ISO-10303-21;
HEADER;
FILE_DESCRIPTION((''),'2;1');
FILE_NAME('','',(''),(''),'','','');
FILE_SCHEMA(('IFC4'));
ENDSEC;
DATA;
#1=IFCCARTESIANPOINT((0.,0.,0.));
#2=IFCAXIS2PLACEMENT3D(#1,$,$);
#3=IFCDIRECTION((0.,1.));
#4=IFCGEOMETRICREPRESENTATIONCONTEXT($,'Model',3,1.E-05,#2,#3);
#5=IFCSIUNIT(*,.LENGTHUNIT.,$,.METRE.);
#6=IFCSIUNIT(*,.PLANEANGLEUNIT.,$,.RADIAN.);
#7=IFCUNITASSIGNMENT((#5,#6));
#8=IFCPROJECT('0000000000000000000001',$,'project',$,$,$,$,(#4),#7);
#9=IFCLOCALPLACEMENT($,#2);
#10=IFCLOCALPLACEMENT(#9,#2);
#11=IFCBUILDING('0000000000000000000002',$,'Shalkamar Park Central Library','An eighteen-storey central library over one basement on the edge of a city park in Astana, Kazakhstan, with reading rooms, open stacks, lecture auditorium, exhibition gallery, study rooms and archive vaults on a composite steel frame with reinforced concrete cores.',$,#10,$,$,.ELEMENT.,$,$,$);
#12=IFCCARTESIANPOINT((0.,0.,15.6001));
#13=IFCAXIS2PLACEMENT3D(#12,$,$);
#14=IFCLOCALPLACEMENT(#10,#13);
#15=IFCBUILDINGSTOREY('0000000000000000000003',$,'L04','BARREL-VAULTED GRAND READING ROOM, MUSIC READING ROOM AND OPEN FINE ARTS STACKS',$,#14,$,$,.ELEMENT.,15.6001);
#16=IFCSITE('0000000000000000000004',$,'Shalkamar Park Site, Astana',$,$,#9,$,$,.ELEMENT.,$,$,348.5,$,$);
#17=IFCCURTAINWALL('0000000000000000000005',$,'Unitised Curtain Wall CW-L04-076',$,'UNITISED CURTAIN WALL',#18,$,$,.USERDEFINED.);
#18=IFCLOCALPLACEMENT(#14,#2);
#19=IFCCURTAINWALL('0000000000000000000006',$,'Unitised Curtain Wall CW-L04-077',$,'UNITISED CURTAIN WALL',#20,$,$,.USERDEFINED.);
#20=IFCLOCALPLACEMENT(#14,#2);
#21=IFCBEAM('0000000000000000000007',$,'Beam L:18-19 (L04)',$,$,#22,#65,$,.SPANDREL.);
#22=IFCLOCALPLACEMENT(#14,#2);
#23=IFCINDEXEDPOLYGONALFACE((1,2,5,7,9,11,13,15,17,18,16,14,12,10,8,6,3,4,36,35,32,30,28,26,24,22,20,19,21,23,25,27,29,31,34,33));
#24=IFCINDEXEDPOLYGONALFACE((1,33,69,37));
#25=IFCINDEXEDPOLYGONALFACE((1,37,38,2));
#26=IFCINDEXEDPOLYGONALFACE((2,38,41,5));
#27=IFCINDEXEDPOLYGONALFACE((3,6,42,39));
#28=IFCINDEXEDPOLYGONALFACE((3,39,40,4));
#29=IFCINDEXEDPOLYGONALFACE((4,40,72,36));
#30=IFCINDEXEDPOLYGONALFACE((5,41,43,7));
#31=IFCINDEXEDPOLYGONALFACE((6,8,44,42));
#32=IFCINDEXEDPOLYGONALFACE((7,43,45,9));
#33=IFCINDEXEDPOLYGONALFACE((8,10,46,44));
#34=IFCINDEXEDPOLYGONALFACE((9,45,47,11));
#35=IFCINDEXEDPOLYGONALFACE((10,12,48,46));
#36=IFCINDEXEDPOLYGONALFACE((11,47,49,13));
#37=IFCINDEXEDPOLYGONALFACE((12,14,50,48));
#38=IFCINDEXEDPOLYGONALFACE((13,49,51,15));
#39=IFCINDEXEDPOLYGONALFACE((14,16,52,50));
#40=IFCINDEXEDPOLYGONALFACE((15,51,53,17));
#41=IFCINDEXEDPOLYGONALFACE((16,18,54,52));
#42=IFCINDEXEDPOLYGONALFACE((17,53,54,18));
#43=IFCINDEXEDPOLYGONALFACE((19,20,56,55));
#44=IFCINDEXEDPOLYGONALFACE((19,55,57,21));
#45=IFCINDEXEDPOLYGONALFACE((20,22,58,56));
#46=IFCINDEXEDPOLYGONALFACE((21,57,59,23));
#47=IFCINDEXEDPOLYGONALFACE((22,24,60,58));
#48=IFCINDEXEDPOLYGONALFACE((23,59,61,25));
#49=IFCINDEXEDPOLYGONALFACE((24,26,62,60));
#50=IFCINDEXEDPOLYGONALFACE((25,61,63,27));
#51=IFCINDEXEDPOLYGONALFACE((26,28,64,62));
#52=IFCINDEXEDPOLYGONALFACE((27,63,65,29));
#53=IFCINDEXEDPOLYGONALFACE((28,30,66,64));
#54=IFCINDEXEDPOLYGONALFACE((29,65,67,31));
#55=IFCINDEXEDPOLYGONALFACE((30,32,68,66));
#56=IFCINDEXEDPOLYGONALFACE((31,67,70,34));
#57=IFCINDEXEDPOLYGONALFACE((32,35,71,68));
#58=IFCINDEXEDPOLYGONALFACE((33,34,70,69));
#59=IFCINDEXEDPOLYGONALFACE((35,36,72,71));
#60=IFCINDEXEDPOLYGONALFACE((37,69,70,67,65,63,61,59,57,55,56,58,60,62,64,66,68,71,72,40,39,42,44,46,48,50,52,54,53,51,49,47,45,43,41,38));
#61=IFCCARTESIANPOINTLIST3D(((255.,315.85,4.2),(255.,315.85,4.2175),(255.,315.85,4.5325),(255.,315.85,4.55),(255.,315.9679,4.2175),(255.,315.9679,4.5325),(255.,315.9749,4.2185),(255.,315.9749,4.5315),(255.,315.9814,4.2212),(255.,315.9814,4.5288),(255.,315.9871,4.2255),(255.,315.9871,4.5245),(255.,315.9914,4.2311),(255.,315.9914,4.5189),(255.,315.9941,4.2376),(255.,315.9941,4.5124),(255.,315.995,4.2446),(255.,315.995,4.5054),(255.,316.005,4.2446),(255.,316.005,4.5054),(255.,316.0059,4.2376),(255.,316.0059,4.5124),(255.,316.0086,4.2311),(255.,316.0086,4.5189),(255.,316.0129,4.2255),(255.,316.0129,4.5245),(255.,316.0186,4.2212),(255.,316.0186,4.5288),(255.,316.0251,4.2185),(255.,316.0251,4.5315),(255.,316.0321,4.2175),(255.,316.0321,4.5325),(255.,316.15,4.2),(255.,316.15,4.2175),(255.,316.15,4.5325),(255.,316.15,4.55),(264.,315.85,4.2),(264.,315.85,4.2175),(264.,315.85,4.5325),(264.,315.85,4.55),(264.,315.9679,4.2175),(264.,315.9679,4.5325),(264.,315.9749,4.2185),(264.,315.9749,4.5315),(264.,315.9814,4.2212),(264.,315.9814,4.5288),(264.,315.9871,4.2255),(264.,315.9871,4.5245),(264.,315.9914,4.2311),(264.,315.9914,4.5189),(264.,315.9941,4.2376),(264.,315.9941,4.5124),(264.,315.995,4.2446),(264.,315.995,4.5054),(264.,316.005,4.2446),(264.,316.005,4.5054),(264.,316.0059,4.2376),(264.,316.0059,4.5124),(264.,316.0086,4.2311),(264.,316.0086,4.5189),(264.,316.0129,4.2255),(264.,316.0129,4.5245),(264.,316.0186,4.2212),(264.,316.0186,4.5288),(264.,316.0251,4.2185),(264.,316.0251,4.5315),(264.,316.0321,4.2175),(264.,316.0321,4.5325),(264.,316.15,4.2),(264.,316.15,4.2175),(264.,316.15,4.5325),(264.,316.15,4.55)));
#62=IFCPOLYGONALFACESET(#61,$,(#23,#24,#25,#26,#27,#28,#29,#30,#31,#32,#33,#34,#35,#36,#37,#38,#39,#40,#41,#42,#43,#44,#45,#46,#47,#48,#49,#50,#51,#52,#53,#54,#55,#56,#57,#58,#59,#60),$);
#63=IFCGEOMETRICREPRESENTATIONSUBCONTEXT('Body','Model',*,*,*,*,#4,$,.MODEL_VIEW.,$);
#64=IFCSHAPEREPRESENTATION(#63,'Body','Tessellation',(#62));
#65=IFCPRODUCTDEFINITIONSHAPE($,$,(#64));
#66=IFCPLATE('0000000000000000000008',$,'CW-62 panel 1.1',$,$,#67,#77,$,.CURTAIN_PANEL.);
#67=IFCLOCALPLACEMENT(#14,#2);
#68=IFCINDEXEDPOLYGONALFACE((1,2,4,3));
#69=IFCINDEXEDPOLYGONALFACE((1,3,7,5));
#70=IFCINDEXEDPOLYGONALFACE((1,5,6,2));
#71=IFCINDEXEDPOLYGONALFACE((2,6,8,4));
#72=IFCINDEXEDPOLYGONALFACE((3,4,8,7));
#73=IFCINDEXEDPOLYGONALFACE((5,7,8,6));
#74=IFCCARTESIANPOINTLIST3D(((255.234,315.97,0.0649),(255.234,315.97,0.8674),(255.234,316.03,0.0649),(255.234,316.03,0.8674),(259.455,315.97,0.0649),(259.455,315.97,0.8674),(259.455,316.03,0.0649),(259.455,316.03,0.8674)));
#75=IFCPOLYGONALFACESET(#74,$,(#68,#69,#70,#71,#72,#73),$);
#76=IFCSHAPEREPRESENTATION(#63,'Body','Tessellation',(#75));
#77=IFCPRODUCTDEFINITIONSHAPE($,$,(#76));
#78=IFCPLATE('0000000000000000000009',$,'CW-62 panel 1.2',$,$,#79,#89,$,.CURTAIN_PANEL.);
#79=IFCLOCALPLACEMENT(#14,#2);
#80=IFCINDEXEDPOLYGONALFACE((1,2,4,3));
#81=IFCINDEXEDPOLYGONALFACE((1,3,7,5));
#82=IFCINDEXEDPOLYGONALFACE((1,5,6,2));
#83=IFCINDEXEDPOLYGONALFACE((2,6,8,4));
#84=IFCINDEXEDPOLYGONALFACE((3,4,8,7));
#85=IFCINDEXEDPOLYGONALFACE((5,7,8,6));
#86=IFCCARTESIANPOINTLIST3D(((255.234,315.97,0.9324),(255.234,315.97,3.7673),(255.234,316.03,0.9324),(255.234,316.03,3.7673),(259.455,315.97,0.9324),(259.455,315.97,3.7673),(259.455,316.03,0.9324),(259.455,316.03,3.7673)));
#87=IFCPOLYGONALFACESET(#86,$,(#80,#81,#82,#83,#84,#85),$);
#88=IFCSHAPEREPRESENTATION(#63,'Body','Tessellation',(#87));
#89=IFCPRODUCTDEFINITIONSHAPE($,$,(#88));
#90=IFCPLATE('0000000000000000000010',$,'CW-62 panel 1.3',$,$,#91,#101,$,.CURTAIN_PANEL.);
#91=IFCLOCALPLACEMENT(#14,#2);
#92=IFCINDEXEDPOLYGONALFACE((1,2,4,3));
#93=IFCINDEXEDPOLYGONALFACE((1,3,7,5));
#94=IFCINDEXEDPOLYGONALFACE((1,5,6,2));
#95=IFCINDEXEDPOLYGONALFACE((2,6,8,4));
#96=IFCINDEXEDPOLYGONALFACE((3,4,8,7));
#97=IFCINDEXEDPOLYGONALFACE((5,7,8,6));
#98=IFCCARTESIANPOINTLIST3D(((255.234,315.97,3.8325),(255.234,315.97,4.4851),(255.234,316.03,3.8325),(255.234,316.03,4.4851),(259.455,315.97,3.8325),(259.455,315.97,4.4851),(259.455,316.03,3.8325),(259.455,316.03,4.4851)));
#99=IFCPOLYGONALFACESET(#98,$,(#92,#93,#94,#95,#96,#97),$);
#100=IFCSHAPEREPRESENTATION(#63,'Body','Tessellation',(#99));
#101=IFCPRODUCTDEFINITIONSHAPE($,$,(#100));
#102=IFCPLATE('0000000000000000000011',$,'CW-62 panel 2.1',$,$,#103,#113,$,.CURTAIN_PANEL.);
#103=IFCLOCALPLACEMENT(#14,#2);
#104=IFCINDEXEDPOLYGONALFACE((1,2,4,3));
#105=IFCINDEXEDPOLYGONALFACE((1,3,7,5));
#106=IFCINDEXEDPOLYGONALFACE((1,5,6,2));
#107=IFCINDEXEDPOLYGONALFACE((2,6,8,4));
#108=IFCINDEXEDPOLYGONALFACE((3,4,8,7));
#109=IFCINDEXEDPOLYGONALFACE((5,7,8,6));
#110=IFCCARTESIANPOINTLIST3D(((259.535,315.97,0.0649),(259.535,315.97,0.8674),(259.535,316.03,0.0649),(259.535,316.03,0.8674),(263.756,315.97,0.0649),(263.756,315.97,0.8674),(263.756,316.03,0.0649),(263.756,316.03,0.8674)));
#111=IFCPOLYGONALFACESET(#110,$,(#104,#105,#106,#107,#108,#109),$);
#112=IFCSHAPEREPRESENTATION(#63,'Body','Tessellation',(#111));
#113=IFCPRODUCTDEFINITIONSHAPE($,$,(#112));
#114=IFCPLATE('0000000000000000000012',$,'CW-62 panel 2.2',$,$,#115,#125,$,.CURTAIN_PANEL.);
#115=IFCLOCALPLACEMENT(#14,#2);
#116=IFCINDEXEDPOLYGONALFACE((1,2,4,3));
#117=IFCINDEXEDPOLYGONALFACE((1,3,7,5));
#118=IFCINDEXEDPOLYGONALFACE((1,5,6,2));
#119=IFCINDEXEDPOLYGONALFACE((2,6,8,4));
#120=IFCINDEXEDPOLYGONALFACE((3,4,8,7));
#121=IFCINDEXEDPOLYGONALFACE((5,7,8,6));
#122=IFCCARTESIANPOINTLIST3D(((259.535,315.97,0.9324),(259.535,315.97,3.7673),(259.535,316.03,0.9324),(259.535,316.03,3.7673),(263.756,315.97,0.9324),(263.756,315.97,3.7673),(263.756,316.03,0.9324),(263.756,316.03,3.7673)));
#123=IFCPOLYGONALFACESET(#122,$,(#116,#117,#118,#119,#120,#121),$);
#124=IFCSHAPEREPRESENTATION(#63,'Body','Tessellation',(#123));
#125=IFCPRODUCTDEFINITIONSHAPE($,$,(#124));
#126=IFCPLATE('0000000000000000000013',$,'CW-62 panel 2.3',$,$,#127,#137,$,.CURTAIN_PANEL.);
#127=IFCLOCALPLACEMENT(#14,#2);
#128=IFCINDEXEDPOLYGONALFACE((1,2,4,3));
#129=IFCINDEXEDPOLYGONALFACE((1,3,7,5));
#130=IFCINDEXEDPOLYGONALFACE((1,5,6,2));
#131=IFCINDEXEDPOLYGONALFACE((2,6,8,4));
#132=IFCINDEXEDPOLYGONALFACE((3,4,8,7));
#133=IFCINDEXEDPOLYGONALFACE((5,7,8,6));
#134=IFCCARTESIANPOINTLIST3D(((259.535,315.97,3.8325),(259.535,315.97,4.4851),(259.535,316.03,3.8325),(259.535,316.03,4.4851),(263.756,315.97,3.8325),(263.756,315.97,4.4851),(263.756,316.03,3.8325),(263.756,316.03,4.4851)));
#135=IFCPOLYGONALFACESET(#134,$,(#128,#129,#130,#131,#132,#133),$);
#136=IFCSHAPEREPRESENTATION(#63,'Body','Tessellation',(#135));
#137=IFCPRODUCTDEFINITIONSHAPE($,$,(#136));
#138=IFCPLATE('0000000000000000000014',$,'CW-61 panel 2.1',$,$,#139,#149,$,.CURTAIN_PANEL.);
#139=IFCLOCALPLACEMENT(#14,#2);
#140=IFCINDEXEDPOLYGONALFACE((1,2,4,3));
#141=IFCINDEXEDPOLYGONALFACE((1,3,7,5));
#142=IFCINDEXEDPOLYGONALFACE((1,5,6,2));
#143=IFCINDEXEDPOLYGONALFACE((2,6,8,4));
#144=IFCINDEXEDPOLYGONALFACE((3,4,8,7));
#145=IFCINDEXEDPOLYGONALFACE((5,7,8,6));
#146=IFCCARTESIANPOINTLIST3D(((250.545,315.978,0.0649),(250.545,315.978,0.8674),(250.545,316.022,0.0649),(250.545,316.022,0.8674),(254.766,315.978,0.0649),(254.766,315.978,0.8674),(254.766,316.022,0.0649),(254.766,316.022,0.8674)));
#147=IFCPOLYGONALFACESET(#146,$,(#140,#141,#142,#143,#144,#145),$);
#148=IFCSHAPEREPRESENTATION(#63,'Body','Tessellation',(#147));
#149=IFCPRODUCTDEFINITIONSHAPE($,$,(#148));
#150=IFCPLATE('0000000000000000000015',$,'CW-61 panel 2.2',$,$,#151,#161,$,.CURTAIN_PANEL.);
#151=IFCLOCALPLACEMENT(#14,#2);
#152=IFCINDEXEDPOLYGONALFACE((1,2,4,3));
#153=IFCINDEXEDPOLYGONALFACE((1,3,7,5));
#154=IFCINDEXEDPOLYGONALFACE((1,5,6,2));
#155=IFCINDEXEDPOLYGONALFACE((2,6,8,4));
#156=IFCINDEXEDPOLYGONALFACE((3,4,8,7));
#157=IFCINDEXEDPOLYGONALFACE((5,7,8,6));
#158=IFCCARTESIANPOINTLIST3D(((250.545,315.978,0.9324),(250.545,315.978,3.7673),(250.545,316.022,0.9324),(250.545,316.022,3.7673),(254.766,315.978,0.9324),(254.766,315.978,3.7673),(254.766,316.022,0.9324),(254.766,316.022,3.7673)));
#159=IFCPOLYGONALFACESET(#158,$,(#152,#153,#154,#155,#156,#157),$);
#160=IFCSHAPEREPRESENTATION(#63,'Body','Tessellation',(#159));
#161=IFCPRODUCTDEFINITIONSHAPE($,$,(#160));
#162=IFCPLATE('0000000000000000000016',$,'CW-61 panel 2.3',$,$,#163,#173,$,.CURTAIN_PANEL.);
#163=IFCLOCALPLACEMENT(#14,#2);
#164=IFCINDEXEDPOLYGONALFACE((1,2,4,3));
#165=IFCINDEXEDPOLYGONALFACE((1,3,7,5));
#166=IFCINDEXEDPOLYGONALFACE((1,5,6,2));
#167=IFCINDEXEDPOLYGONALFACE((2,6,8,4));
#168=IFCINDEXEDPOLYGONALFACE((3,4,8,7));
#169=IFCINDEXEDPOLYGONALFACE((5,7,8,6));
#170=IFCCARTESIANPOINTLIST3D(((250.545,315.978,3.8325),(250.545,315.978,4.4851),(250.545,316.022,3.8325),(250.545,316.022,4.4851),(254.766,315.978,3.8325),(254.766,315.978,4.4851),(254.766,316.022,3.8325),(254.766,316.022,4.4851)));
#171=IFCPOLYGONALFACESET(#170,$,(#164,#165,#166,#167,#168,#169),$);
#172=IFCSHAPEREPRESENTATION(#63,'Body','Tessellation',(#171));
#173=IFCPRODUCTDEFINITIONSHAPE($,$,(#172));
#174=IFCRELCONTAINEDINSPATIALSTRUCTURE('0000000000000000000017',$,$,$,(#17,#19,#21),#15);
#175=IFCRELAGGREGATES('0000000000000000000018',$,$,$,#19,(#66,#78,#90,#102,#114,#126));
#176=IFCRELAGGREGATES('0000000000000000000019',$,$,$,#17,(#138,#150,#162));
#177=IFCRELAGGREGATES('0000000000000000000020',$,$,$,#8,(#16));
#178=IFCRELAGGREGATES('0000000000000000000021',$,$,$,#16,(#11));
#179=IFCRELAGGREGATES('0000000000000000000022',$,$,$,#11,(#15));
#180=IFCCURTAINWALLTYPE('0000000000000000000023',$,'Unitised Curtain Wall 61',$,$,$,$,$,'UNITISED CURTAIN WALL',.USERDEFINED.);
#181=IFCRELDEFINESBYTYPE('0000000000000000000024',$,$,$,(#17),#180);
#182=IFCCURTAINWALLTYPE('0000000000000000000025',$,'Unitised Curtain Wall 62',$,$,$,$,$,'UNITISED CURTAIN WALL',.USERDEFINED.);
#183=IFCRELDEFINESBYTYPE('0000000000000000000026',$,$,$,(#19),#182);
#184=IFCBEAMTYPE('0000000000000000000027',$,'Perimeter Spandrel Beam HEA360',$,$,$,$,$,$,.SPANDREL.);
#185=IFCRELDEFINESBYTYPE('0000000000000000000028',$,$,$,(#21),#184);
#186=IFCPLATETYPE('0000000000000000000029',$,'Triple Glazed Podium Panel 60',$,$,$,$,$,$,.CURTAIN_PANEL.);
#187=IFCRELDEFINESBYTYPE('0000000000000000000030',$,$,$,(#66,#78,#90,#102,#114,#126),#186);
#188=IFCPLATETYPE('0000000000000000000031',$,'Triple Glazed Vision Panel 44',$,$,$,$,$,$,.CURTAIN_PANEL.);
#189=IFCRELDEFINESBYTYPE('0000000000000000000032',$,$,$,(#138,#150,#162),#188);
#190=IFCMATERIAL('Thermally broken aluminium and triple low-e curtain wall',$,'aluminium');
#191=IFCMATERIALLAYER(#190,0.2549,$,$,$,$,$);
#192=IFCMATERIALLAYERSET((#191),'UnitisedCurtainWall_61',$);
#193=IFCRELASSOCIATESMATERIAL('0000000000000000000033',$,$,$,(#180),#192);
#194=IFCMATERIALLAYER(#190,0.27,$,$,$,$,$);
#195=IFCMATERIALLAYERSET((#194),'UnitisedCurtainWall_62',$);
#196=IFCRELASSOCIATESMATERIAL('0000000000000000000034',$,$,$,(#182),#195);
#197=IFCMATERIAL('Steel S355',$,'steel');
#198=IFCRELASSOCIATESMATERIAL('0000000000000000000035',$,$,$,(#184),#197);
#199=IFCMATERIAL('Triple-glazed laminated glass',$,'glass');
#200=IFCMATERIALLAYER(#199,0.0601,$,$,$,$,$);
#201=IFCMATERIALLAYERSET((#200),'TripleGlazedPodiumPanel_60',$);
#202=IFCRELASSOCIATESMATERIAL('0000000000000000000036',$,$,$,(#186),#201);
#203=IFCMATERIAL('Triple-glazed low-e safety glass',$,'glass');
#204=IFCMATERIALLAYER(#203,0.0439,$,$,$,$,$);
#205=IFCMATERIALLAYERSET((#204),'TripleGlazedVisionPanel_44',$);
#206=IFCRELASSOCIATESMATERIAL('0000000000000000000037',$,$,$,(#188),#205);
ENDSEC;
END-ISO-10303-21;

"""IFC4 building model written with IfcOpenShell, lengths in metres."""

from ifc_helpers import new_model, si_unit, direction, frame, origin, origin_2d, place, context, subcontext, project, spatial, rectangle, i_section, extrude, material, layer, layer_set, material_profile, profile_set, type_object, element, aggregate, save


model = new_model("IFC4")

# Units and contexts
model_context = context("Model", 3, precision=1e-05, world=origin(), true_north=direction((0.0, 1.0)))
body_context = subcontext(model_context, "Body", "Model", "MODEL_VIEW")
ifc_project = project(units=[si_unit("LENGTHUNIT", "METRE"), si_unit("PLANEANGLEUNIT", "RADIAN")], contexts=[model_context])

# Site, building, storey
site_placement = place(None, origin())
site = spatial("IfcSite", under=ifc_project, at=site_placement, Name="Shalkamar Park Site, Astana", CompositionType="ELEMENT", RefElevation=348.5)
building_placement = place(site_placement, origin())
building = spatial("IfcBuilding", under=site, at=building_placement, Name="Shalkamar Park Central Library", Description="An eighteen-storey central library over one basement on the edge of a city park in Astana, Kazakhstan, with reading rooms, open stacks, lecture auditorium, exhibition gallery, study rooms and archive vaults on a composite steel frame with reinforced concrete cores.", CompositionType="ELEMENT")
storey_placement = place(building_placement, frame((0.0, 0.0, 15.6001)))
storey = spatial("IfcBuildingStorey", under=building, at=storey_placement, Name="L04", Description="BARREL-VAULTED GRAND READING ROOM, MUSIC READING ROOM AND OPEN FINE ARTS STACKS", CompositionType="ELEMENT", Elevation=15.6001)

# Shared definitions
ifc_material_1 = material(Name="Steel S355", Category="steel")

# Curtain wall
ifc_material_2 = material(Name="Thermally broken aluminium and triple low-e curtain wall", Category="aluminium")
ifc_layer_1 = layer(ifc_material_2, 0.2549)
ifc_layer_set_1 = layer_set([ifc_layer_1], Name="UnitisedCurtainWall_61")
curtain_wall_type_1 = type_object("IfcCurtainWallType", Name="Unitised Curtain Wall 61", ElementType="UNITISED CURTAIN WALL", PredefinedType="USERDEFINED", material=ifc_layer_set_1)
curtain_wall_1_placement = place(storey_placement, origin())
curtain_wall_1 = element("IfcCurtainWall", 1, at=curtain_wall_1_placement, inside=storey, type_object=curtain_wall_type_1, Name="Unitised Curtain Wall CW-L04-076", ObjectType="UNITISED CURTAIN WALL", PredefinedType="USERDEFINED")

# Curtain wall
ifc_layer_2 = layer(ifc_material_2, 0.27)
ifc_layer_set_2 = layer_set([ifc_layer_2], Name="UnitisedCurtainWall_62")
curtain_wall_type_2 = type_object("IfcCurtainWallType", Name="Unitised Curtain Wall 62", ElementType="UNITISED CURTAIN WALL", PredefinedType="USERDEFINED", material=ifc_layer_set_2)
curtain_wall_2_placement = place(storey_placement, origin())
curtain_wall_2 = element("IfcCurtainWall", 2, at=curtain_wall_2_placement, inside=storey, type_object=curtain_wall_type_2, Name="Unitised Curtain Wall CW-L04-077", ObjectType="UNITISED CURTAIN WALL", PredefinedType="USERDEFINED")

# Beam
ifc_material_profile_1 = material_profile(ifc_material_1, i_section(OverallWidth=0.3, OverallDepth=0.3501, WebThickness=0.01, FlangeThickness=0.0176, FilletRadius=0.0271, at=origin_2d()), Name="HEA 360")
ifc_profile_set_1 = profile_set([ifc_material_profile_1], Name="Steel S355")
beam_type_1 = type_object("IfcBeamType", Name="Perimeter Spandrel Beam HEA360", PredefinedType="SPANDREL", material=ifc_profile_set_1)
beam_1_placement = place(storey_placement, frame((255.0, 316.0, 4.375), z_axis=(1.0, 0.0, 0.0), x_axis=(0.0, 1.0, 0.0)))
element("IfcBeam", 3, at=beam_1_placement, inside=storey, type_object=beam_type_1, Name="Beam L:18-19 (L04)", PredefinedType="SPANDREL", context=body_context, shape_type="SweptSolid", body=[
    extrude(i_section(OverallWidth=0.3, OverallDepth=0.3501, WebThickness=0.01, FlangeThickness=0.0176, FilletRadius=0.0271, at=origin_2d()), origin(), (0.0, 0.0, 1.0), 9.0),
])

# Plates
ifc_material_3 = material(Name="Triple-glazed laminated glass", Category="glass")
ifc_layer_3 = layer(ifc_material_3, 0.0601)
ifc_layer_set_3 = layer_set([ifc_layer_3], Name="TripleGlazedPodiumPanel_60")
plate_type_1 = type_object("IfcPlateType", Name="Triple Glazed Podium Panel 60", PredefinedType="CURTAIN_PANEL", material=ifc_layer_set_3)
plate_1_placement = place(storey_placement, frame((257.3445, 316.0, 0.0649), z_axis=(0.0, 0.0, 1.0), x_axis=(1.0, 0.0, 0.0)))
plate_1 = element("IfcPlate", 4, at=plate_1_placement, type_object=plate_type_1, Name="CW-62 panel 1.1", PredefinedType="CURTAIN_PANEL", context=body_context, shape_type="SweptSolid", body=[
    extrude(rectangle(XDim=4.2209, YDim=0.0601, at=origin_2d()), origin(), (0.0, 0.0, 1.0), 0.8025),
])
plate_2_placement = place(storey_placement, frame((257.3445, 316.0, 0.9324), z_axis=(0.0, 0.0, 1.0), x_axis=(1.0, 0.0, 0.0)))
plate_2 = element("IfcPlate", 5, at=plate_2_placement, type_object=plate_type_1, Name="CW-62 panel 1.2", PredefinedType="CURTAIN_PANEL", context=body_context, shape_type="SweptSolid", body=[
    extrude(rectangle(XDim=4.2209, YDim=0.0601, at=origin_2d()), origin(), (0.0, 0.0, 1.0), 2.835),
])
plate_3_placement = place(storey_placement, frame((257.3445, 316.0, 3.8325), z_axis=(0.0, 0.0, 1.0), x_axis=(1.0, 0.0, 0.0)))
plate_3 = element("IfcPlate", 6, at=plate_3_placement, type_object=plate_type_1, Name="CW-62 panel 1.3", PredefinedType="CURTAIN_PANEL", context=body_context, shape_type="SweptSolid", body=[
    extrude(rectangle(XDim=4.2209, YDim=0.0601, at=origin_2d()), origin(), (0.0, 0.0, 1.0), 0.6526),
])
plate_4_placement = place(storey_placement, frame((261.6455, 316.0, 0.0649), z_axis=(0.0, 0.0, 1.0), x_axis=(1.0, 0.0, 0.0)))
plate_4 = element("IfcPlate", 7, at=plate_4_placement, type_object=plate_type_1, Name="CW-62 panel 2.1", PredefinedType="CURTAIN_PANEL", context=body_context, shape_type="SweptSolid", body=[
    extrude(rectangle(XDim=4.2209, YDim=0.0601, at=origin_2d()), origin(), (0.0, 0.0, 1.0), 0.8025),
])
plate_5_placement = place(storey_placement, frame((261.6455, 316.0, 0.9324), z_axis=(0.0, 0.0, 1.0), x_axis=(1.0, 0.0, 0.0)))
plate_5 = element("IfcPlate", 8, at=plate_5_placement, type_object=plate_type_1, Name="CW-62 panel 2.2", PredefinedType="CURTAIN_PANEL", context=body_context, shape_type="SweptSolid", body=[
    extrude(rectangle(XDim=4.2209, YDim=0.0601, at=origin_2d()), origin(), (0.0, 0.0, 1.0), 2.835),
])
plate_6_placement = place(storey_placement, frame((261.6455, 316.0, 3.8325), z_axis=(0.0, 0.0, 1.0), x_axis=(1.0, 0.0, 0.0)))
plate_6 = element("IfcPlate", 9, at=plate_6_placement, type_object=plate_type_1, Name="CW-62 panel 2.3", PredefinedType="CURTAIN_PANEL", context=body_context, shape_type="SweptSolid", body=[
    extrude(rectangle(XDim=4.2209, YDim=0.0601, at=origin_2d()), origin(), (0.0, 0.0, 1.0), 0.6526),
])
aggregate(curtain_wall_2, [plate_1, plate_2, plate_3, plate_4, plate_5, plate_6])
ifc_material_4 = material(Name="Triple-glazed low-e safety glass", Category="glass")
ifc_layer_4 = layer(ifc_material_4, 0.0439)
ifc_layer_set_4 = layer_set([ifc_layer_4], Name="TripleGlazedVisionPanel_44")
plate_type_2 = type_object("IfcPlateType", Name="Triple Glazed Vision Panel 44", PredefinedType="CURTAIN_PANEL", material=ifc_layer_set_4)
plate_7_placement = place(storey_placement, frame((252.6555, 316.0, 0.0649), z_axis=(0.0, 0.0, 1.0), x_axis=(1.0, 0.0, 0.0)))
plate_7 = element("IfcPlate", 10, at=plate_7_placement, type_object=plate_type_2, Name="CW-61 panel 2.1", PredefinedType="CURTAIN_PANEL", context=body_context, shape_type="SweptSolid", body=[
    extrude(rectangle(XDim=4.2209, YDim=0.0439, at=origin_2d()), origin(), (0.0, 0.0, 1.0), 0.8025),
])
plate_8_placement = place(storey_placement, frame((252.6555, 316.0, 0.9324), z_axis=(0.0, 0.0, 1.0), x_axis=(1.0, 0.0, 0.0)))
plate_8 = element("IfcPlate", 11, at=plate_8_placement, type_object=plate_type_2, Name="CW-61 panel 2.2", PredefinedType="CURTAIN_PANEL", context=body_context, shape_type="SweptSolid", body=[
    extrude(rectangle(XDim=4.2209, YDim=0.0439, at=origin_2d()), origin(), (0.0, 0.0, 1.0), 2.835),
])
plate_9_placement = place(storey_placement, frame((252.6555, 316.0, 3.8325), z_axis=(0.0, 0.0, 1.0), x_axis=(1.0, 0.0, 0.0)))
plate_9 = element("IfcPlate", 12, at=plate_9_placement, type_object=plate_type_2, Name="CW-61 panel 2.3", PredefinedType="CURTAIN_PANEL", context=body_context, shape_type="SweptSolid", body=[
    extrude(rectangle(XDim=4.2209, YDim=0.0439, at=origin_2d()), origin(), (0.0, 0.0, 1.0), 0.6526),
])
aggregate(curtain_wall_1, [plate_7, plate_8, plate_9])

save(model, "model.ifc")
